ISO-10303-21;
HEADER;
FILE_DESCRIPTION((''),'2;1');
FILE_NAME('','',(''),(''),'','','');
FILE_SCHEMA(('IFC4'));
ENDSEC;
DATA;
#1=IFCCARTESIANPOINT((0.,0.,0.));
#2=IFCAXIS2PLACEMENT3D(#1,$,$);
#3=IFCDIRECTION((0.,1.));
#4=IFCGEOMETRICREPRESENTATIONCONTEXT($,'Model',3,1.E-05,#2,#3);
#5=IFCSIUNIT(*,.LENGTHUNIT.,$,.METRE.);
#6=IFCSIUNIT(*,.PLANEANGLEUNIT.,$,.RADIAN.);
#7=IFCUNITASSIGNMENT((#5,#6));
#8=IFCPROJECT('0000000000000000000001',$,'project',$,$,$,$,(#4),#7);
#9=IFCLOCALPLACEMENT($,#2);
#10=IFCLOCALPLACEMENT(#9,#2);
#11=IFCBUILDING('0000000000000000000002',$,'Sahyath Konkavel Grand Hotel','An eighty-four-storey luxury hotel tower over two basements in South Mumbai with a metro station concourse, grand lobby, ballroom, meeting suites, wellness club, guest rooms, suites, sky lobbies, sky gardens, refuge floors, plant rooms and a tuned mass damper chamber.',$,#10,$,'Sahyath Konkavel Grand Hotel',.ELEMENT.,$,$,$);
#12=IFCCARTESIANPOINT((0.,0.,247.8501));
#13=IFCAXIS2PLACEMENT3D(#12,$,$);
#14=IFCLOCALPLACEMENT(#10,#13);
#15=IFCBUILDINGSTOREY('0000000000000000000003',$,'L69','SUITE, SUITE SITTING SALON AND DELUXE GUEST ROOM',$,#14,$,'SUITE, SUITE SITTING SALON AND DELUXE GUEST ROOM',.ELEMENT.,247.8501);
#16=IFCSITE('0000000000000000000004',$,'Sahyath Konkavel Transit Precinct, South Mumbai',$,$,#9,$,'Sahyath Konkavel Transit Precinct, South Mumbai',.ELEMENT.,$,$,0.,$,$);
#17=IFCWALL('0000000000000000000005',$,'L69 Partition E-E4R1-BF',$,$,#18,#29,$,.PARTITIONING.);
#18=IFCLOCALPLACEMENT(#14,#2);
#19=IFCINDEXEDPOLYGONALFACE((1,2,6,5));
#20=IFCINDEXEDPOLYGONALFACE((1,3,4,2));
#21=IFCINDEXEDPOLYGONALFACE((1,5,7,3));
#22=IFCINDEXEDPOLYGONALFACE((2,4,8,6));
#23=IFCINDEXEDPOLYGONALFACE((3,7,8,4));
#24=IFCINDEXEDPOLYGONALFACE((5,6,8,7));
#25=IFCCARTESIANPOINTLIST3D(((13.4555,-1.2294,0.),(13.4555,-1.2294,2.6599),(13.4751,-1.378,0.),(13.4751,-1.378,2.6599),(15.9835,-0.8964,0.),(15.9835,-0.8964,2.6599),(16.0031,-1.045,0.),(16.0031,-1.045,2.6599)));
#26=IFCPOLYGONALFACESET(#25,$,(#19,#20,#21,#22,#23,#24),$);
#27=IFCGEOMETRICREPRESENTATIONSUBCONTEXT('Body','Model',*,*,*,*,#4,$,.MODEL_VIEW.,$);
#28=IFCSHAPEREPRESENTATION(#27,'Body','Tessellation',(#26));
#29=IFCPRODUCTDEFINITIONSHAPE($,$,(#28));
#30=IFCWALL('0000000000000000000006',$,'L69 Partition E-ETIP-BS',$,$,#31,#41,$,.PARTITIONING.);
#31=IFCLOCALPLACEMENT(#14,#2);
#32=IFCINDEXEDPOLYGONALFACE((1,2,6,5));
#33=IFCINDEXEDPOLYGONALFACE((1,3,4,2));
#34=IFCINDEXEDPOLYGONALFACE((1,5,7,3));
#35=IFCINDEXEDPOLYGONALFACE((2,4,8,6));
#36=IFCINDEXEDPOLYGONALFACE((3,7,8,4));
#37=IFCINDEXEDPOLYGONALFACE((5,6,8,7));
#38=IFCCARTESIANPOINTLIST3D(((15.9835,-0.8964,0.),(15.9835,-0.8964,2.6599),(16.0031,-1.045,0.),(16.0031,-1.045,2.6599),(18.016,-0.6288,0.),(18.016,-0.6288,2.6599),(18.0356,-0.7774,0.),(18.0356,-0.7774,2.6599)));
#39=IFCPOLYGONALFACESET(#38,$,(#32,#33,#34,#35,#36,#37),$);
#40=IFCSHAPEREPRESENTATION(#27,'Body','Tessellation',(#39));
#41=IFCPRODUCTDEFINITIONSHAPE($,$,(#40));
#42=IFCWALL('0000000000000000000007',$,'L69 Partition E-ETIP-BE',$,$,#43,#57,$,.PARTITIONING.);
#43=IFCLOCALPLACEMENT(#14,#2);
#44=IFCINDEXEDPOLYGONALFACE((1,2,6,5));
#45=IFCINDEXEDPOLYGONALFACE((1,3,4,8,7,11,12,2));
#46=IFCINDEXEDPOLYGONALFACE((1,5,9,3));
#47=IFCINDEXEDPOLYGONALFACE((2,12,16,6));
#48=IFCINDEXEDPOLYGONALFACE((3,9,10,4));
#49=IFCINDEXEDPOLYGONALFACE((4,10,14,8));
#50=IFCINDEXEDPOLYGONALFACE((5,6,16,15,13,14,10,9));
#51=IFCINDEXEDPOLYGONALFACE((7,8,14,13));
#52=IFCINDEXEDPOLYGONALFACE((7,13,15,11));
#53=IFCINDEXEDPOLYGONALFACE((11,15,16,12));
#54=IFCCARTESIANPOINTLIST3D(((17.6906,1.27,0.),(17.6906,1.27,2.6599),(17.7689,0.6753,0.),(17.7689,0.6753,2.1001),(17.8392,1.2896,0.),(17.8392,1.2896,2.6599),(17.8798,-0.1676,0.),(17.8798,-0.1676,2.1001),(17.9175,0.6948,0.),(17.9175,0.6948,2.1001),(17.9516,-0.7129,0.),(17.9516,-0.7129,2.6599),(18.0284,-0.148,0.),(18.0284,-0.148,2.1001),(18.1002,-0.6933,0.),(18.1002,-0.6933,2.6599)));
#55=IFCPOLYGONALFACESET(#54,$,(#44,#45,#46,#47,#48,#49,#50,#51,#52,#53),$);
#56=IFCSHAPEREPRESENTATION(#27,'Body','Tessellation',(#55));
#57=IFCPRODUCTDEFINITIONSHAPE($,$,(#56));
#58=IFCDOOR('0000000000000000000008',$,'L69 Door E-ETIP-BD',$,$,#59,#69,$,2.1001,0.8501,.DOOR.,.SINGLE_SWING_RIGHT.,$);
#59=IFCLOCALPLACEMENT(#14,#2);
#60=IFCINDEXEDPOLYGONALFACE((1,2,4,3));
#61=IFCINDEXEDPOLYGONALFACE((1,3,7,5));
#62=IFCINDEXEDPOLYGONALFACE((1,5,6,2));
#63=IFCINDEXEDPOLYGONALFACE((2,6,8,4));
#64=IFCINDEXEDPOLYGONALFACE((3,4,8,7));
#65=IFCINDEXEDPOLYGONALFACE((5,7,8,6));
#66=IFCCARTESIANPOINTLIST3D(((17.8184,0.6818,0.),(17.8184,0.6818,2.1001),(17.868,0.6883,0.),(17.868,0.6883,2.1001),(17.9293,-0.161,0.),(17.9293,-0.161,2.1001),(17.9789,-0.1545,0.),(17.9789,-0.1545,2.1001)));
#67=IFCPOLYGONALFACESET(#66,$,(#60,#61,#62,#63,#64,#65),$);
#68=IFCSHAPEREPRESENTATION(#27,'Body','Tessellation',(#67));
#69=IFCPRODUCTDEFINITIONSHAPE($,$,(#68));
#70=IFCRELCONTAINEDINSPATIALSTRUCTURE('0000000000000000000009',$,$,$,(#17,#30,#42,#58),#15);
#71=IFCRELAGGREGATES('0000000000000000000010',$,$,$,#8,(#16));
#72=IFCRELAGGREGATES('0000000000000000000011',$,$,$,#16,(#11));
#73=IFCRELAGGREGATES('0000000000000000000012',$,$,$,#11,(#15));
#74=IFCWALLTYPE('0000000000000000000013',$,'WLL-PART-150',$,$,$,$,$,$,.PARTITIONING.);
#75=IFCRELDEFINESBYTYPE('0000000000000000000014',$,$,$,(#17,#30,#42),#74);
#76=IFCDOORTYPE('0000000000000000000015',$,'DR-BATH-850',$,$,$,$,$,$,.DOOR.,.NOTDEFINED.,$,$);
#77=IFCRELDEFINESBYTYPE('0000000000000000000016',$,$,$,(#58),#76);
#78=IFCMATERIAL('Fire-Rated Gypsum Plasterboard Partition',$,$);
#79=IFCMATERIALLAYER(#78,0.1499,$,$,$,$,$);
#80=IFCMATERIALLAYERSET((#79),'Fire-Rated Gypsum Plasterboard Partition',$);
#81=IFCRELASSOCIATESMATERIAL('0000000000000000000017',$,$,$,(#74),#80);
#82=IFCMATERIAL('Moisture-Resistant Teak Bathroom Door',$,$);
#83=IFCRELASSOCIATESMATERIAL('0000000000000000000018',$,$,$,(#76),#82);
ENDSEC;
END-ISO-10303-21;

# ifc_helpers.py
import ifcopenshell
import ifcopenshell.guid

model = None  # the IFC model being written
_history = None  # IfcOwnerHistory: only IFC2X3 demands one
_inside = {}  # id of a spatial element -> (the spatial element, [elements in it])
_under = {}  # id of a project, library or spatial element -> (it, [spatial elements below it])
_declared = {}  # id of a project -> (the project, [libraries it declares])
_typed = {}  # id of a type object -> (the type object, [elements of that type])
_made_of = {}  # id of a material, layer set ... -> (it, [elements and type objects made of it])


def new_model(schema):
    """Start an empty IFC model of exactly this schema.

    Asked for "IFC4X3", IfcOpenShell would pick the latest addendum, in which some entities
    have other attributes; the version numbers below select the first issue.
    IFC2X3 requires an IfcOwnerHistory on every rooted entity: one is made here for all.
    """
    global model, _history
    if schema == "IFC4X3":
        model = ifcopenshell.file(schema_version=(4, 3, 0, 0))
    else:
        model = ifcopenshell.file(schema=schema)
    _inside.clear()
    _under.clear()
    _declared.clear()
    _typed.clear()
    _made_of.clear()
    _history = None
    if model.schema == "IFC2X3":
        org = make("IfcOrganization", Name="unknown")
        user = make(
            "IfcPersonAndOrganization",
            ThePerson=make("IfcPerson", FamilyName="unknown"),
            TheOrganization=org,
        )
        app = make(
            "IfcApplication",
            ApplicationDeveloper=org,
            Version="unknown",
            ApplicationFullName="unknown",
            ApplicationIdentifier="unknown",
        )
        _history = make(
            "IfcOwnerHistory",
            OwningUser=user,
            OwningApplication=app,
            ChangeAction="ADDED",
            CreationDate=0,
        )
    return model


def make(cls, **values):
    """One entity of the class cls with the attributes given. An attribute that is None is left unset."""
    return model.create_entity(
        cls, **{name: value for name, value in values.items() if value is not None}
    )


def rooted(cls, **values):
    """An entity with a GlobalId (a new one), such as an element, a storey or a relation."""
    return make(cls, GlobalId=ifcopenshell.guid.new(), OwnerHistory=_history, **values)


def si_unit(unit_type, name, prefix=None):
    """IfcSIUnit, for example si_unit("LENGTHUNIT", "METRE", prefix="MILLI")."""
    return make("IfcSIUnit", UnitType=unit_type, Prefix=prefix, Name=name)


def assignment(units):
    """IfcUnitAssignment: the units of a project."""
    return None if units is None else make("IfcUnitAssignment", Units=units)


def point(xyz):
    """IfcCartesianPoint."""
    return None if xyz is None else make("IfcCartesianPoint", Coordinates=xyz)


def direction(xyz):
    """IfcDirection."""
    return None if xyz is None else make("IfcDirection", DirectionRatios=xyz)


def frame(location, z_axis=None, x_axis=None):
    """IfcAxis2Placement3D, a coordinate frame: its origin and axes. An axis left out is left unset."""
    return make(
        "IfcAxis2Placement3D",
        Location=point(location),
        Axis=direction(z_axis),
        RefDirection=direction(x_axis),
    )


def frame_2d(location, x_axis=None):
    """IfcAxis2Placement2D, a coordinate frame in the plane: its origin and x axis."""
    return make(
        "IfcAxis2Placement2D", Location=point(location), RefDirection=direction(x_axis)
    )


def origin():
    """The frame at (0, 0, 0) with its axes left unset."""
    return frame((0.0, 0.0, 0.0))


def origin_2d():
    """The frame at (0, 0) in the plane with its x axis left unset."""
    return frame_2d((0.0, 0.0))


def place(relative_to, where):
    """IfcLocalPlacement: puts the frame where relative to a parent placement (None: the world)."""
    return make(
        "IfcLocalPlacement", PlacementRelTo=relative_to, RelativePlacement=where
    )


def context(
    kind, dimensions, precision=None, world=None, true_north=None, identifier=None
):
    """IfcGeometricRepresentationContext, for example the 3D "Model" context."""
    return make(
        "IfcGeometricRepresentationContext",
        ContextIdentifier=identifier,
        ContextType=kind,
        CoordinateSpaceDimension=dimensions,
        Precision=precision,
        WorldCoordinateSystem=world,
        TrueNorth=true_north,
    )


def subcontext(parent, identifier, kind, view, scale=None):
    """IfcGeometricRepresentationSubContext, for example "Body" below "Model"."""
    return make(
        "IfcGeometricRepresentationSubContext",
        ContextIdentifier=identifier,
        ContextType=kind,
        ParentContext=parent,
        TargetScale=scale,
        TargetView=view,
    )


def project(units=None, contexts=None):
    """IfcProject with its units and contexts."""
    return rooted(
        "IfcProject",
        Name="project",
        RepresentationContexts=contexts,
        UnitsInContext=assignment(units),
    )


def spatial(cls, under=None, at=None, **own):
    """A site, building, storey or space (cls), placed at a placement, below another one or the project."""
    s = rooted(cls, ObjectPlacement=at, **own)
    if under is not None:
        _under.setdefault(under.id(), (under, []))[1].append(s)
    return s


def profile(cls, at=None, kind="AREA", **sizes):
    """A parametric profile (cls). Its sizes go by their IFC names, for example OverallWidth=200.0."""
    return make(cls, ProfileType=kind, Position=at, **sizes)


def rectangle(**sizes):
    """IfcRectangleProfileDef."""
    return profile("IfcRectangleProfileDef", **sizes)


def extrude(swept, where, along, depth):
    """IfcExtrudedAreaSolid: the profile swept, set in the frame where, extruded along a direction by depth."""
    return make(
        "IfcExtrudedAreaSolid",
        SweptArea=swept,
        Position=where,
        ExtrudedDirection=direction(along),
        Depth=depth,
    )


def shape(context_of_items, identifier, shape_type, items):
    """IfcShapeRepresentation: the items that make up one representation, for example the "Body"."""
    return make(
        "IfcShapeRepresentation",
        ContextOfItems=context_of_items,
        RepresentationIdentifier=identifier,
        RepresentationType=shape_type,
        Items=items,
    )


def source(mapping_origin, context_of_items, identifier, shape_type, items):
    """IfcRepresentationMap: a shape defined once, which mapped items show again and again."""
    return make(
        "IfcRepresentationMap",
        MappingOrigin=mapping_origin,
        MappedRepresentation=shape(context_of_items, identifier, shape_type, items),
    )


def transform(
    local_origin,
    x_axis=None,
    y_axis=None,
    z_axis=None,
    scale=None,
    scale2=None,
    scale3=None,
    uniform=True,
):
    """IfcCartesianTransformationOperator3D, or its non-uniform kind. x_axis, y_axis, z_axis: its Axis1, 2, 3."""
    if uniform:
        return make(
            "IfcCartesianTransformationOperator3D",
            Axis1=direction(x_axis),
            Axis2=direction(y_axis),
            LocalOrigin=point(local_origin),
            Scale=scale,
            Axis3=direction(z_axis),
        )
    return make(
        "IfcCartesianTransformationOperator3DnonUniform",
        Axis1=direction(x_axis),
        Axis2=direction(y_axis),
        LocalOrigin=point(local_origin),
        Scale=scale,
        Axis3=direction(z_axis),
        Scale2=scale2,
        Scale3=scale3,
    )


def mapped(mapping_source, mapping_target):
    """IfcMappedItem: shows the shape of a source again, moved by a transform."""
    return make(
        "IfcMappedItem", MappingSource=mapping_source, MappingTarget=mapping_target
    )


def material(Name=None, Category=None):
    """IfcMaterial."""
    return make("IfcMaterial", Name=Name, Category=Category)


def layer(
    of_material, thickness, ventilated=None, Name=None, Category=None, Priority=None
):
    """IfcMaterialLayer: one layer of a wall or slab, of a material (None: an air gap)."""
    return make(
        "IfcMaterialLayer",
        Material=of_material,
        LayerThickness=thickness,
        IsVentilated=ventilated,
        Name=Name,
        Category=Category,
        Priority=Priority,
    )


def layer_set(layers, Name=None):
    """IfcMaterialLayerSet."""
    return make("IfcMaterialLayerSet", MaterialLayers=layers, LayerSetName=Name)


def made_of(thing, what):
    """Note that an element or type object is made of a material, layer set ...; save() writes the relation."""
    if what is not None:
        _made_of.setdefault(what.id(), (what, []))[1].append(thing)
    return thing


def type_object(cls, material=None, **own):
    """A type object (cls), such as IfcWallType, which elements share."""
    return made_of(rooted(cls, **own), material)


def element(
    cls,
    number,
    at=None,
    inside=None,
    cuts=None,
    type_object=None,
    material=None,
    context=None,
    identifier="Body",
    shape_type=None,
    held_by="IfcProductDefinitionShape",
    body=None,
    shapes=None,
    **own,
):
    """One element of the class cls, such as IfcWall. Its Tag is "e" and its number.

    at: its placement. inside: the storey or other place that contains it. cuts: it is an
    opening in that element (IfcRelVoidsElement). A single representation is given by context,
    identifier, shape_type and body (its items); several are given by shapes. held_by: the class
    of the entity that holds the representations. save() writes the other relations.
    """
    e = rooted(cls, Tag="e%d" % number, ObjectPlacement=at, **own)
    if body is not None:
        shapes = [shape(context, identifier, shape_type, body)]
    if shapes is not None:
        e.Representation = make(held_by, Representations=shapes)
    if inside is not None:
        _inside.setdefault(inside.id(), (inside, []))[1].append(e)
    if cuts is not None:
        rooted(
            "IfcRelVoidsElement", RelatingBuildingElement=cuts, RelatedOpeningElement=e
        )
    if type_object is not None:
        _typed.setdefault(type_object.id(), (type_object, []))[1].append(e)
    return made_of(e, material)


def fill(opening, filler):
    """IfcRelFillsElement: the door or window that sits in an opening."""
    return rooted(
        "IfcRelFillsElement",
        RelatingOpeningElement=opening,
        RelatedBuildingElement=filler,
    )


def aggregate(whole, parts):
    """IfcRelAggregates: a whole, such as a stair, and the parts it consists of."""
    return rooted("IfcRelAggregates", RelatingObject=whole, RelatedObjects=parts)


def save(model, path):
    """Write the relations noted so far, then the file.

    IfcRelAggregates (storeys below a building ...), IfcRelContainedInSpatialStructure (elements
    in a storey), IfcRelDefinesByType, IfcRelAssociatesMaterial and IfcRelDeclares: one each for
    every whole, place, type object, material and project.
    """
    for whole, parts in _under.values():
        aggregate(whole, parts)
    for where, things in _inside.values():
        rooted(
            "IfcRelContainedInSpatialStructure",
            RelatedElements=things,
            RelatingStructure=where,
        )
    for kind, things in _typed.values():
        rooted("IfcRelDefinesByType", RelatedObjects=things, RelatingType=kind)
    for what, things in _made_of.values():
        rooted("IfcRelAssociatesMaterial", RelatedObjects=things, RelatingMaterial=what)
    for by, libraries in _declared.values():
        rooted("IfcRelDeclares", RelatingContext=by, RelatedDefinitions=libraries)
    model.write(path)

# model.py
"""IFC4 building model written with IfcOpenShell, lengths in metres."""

from ifc_helpers import new_model, si_unit, direction, frame, frame_2d, origin, origin_2d, place, context, subcontext, project, spatial, rectangle, extrude, source, transform, mapped, material, layer, layer_set, type_object, element, fill, save


model = new_model("IFC4")

# Units and contexts
model_context = context("Model", 3, precision=1e-05, world=origin(), true_north=direction((0.0, 1.0)))
body_context = subcontext(model_context, "Body", "Model", "MODEL_VIEW")
ifc_project = project(units=[si_unit("LENGTHUNIT", "METRE"), si_unit("PLANEANGLEUNIT", "RADIAN")], contexts=[model_context])

# Site, building, storey
site_placement = place(None, origin())
site = spatial("IfcSite", under=ifc_project, at=site_placement, Name="Sahyath Konkavel Transit Precinct, South Mumbai", LongName="Sahyath Konkavel Transit Precinct, South Mumbai", CompositionType="ELEMENT", RefElevation=0.0)
building_placement = place(site_placement, origin())
building = spatial("IfcBuilding", under=site, at=building_placement, Name="Sahyath Konkavel Grand Hotel", Description="An eighty-four-storey luxury hotel tower over two basements in South Mumbai with a metro station concourse, grand lobby, ballroom, meeting suites, wellness club, guest rooms, suites, sky lobbies, sky gardens, refuge floors, plant rooms and a tuned mass damper chamber.", LongName="Sahyath Konkavel Grand Hotel", CompositionType="ELEMENT")
storey_placement = place(building_placement, frame((0.0, 0.0, 247.8501)))
storey = spatial("IfcBuildingStorey", under=building, at=storey_placement, Name="L69", Description="SUITE, SUITE SITTING SALON AND DELUXE GUEST ROOM", LongName="SUITE, SUITE SITTING SALON AND DELUXE GUEST ROOM", CompositionType="ELEMENT", Elevation=247.8501)

# Shared definitions
shared_shape_1 = source(origin(), body_context, "Body", "SweptSolid", [
    extrude(rectangle(XDim=0.8501, YDim=0.05, at=origin_2d()), origin(), (0.0, 0.0, 1.0), 2.1001),
])

# Walls
ifc_material_1 = material(Name="Fire-Rated Gypsum Plasterboard Partition")
ifc_layer_1 = layer(ifc_material_1, 0.1499)
ifc_layer_set_1 = layer_set([ifc_layer_1], Name="Fire-Rated Gypsum Plasterboard Partition")
wall_type_1 = type_object("IfcWallType", Name="WLL-PART-150", PredefinedType="PARTITIONING", material=ifc_layer_set_1)
wall_1_placement = place(storey_placement, frame((13.4653, -1.3037, 0.0), z_axis=(0.0, 0.0, 1.0), x_axis=(0.991436, 0.130596, 0.0)))
element("IfcWall", 1, at=wall_1_placement, inside=storey, type_object=wall_type_1, Name="L69 Partition E-E4R1-BF", PredefinedType="PARTITIONING", context=body_context, shape_type="SweptSolid", body=[
    extrude(rectangle(XDim=2.5498, YDim=0.1499, at=frame_2d((1.2749, 0.0))), origin(), (0.0, 0.0, 1.0), 2.6599),
])
wall_2_placement = place(storey_placement, frame((15.9934, -0.9707, 0.0), z_axis=(0.0, 0.0, 1.0), x_axis=(0.991445, 0.130525, 0.0)))
element("IfcWall", 2, at=wall_2_placement, inside=storey, type_object=wall_type_1, Name="L69 Partition E-ETIP-BS", PredefinedType="PARTITIONING", context=body_context, shape_type="SweptSolid", body=[
    extrude(rectangle(XDim=2.05, YDim=0.1499, at=frame_2d((1.0249, 0.0))), origin(), (0.0, 0.0, 1.0), 2.6599),
])

# Wall, opening, door
wall_3_placement = place(storey_placement, frame((18.0259, -0.7031, 0.0), z_axis=(0.0, 0.0, 1.0), x_axis=(-0.130492, 0.991449, 0.0)))
wall_3 = element("IfcWall", 3, at=wall_3_placement, inside=storey, type_object=wall_type_1, Name="L69 Partition E-ETIP-BE", PredefinedType="PARTITIONING", context=body_context, shape_type="SweptSolid", body=[
    extrude(rectangle(XDim=2.0, YDim=0.1499, at=frame_2d((1.0, 0.0))), origin(), (0.0, 0.0, 1.0), 2.6599),
])
opening_1_placement = place(wall_3_placement, frame((0.55, 0.0, 0.0)))
opening_1 = element("IfcOpeningElement", 4, at=opening_1_placement, cuts=wall_3, PredefinedType="OPENING", context=body_context, shape_type="SweptSolid", body=[
    extrude(rectangle(XDim=0.8501, YDim=2.1001, at=frame_2d((0.425, 1.05))), frame((0.0, 0.085, 0.0), z_axis=(0.0, -1.0, 0.0), x_axis=(1.0, 0.0, 0.0)), (0.0, 0.0, 1.0), 0.1699),
])
ifc_material_2 = material(Name="Moisture-Resistant Teak Bathroom Door")
door_type_1 = type_object("IfcDoorType", Name="DR-BATH-850", OperationType="NOTDEFINED", PredefinedType="DOOR", material=ifc_material_2)
door_1_placement = place(opening_1_placement, frame((0.425, 0.0, 0.0)))
door_1 = element("IfcDoor", 5, at=door_1_placement, inside=storey, type_object=door_type_1, Name="L69 Door E-ETIP-BD", OperationType="SINGLE_SWING_RIGHT", OverallHeight=2.1001, OverallWidth=0.8501, PredefinedType="DOOR", context=body_context, shape_type="MappedRepresentation", body=[
    mapped(shared_shape_1, transform((0.0, 0.0, 0.0), scale=1.0)),
])
fill(opening_1, door_1)

save(model, "model.ifc")
